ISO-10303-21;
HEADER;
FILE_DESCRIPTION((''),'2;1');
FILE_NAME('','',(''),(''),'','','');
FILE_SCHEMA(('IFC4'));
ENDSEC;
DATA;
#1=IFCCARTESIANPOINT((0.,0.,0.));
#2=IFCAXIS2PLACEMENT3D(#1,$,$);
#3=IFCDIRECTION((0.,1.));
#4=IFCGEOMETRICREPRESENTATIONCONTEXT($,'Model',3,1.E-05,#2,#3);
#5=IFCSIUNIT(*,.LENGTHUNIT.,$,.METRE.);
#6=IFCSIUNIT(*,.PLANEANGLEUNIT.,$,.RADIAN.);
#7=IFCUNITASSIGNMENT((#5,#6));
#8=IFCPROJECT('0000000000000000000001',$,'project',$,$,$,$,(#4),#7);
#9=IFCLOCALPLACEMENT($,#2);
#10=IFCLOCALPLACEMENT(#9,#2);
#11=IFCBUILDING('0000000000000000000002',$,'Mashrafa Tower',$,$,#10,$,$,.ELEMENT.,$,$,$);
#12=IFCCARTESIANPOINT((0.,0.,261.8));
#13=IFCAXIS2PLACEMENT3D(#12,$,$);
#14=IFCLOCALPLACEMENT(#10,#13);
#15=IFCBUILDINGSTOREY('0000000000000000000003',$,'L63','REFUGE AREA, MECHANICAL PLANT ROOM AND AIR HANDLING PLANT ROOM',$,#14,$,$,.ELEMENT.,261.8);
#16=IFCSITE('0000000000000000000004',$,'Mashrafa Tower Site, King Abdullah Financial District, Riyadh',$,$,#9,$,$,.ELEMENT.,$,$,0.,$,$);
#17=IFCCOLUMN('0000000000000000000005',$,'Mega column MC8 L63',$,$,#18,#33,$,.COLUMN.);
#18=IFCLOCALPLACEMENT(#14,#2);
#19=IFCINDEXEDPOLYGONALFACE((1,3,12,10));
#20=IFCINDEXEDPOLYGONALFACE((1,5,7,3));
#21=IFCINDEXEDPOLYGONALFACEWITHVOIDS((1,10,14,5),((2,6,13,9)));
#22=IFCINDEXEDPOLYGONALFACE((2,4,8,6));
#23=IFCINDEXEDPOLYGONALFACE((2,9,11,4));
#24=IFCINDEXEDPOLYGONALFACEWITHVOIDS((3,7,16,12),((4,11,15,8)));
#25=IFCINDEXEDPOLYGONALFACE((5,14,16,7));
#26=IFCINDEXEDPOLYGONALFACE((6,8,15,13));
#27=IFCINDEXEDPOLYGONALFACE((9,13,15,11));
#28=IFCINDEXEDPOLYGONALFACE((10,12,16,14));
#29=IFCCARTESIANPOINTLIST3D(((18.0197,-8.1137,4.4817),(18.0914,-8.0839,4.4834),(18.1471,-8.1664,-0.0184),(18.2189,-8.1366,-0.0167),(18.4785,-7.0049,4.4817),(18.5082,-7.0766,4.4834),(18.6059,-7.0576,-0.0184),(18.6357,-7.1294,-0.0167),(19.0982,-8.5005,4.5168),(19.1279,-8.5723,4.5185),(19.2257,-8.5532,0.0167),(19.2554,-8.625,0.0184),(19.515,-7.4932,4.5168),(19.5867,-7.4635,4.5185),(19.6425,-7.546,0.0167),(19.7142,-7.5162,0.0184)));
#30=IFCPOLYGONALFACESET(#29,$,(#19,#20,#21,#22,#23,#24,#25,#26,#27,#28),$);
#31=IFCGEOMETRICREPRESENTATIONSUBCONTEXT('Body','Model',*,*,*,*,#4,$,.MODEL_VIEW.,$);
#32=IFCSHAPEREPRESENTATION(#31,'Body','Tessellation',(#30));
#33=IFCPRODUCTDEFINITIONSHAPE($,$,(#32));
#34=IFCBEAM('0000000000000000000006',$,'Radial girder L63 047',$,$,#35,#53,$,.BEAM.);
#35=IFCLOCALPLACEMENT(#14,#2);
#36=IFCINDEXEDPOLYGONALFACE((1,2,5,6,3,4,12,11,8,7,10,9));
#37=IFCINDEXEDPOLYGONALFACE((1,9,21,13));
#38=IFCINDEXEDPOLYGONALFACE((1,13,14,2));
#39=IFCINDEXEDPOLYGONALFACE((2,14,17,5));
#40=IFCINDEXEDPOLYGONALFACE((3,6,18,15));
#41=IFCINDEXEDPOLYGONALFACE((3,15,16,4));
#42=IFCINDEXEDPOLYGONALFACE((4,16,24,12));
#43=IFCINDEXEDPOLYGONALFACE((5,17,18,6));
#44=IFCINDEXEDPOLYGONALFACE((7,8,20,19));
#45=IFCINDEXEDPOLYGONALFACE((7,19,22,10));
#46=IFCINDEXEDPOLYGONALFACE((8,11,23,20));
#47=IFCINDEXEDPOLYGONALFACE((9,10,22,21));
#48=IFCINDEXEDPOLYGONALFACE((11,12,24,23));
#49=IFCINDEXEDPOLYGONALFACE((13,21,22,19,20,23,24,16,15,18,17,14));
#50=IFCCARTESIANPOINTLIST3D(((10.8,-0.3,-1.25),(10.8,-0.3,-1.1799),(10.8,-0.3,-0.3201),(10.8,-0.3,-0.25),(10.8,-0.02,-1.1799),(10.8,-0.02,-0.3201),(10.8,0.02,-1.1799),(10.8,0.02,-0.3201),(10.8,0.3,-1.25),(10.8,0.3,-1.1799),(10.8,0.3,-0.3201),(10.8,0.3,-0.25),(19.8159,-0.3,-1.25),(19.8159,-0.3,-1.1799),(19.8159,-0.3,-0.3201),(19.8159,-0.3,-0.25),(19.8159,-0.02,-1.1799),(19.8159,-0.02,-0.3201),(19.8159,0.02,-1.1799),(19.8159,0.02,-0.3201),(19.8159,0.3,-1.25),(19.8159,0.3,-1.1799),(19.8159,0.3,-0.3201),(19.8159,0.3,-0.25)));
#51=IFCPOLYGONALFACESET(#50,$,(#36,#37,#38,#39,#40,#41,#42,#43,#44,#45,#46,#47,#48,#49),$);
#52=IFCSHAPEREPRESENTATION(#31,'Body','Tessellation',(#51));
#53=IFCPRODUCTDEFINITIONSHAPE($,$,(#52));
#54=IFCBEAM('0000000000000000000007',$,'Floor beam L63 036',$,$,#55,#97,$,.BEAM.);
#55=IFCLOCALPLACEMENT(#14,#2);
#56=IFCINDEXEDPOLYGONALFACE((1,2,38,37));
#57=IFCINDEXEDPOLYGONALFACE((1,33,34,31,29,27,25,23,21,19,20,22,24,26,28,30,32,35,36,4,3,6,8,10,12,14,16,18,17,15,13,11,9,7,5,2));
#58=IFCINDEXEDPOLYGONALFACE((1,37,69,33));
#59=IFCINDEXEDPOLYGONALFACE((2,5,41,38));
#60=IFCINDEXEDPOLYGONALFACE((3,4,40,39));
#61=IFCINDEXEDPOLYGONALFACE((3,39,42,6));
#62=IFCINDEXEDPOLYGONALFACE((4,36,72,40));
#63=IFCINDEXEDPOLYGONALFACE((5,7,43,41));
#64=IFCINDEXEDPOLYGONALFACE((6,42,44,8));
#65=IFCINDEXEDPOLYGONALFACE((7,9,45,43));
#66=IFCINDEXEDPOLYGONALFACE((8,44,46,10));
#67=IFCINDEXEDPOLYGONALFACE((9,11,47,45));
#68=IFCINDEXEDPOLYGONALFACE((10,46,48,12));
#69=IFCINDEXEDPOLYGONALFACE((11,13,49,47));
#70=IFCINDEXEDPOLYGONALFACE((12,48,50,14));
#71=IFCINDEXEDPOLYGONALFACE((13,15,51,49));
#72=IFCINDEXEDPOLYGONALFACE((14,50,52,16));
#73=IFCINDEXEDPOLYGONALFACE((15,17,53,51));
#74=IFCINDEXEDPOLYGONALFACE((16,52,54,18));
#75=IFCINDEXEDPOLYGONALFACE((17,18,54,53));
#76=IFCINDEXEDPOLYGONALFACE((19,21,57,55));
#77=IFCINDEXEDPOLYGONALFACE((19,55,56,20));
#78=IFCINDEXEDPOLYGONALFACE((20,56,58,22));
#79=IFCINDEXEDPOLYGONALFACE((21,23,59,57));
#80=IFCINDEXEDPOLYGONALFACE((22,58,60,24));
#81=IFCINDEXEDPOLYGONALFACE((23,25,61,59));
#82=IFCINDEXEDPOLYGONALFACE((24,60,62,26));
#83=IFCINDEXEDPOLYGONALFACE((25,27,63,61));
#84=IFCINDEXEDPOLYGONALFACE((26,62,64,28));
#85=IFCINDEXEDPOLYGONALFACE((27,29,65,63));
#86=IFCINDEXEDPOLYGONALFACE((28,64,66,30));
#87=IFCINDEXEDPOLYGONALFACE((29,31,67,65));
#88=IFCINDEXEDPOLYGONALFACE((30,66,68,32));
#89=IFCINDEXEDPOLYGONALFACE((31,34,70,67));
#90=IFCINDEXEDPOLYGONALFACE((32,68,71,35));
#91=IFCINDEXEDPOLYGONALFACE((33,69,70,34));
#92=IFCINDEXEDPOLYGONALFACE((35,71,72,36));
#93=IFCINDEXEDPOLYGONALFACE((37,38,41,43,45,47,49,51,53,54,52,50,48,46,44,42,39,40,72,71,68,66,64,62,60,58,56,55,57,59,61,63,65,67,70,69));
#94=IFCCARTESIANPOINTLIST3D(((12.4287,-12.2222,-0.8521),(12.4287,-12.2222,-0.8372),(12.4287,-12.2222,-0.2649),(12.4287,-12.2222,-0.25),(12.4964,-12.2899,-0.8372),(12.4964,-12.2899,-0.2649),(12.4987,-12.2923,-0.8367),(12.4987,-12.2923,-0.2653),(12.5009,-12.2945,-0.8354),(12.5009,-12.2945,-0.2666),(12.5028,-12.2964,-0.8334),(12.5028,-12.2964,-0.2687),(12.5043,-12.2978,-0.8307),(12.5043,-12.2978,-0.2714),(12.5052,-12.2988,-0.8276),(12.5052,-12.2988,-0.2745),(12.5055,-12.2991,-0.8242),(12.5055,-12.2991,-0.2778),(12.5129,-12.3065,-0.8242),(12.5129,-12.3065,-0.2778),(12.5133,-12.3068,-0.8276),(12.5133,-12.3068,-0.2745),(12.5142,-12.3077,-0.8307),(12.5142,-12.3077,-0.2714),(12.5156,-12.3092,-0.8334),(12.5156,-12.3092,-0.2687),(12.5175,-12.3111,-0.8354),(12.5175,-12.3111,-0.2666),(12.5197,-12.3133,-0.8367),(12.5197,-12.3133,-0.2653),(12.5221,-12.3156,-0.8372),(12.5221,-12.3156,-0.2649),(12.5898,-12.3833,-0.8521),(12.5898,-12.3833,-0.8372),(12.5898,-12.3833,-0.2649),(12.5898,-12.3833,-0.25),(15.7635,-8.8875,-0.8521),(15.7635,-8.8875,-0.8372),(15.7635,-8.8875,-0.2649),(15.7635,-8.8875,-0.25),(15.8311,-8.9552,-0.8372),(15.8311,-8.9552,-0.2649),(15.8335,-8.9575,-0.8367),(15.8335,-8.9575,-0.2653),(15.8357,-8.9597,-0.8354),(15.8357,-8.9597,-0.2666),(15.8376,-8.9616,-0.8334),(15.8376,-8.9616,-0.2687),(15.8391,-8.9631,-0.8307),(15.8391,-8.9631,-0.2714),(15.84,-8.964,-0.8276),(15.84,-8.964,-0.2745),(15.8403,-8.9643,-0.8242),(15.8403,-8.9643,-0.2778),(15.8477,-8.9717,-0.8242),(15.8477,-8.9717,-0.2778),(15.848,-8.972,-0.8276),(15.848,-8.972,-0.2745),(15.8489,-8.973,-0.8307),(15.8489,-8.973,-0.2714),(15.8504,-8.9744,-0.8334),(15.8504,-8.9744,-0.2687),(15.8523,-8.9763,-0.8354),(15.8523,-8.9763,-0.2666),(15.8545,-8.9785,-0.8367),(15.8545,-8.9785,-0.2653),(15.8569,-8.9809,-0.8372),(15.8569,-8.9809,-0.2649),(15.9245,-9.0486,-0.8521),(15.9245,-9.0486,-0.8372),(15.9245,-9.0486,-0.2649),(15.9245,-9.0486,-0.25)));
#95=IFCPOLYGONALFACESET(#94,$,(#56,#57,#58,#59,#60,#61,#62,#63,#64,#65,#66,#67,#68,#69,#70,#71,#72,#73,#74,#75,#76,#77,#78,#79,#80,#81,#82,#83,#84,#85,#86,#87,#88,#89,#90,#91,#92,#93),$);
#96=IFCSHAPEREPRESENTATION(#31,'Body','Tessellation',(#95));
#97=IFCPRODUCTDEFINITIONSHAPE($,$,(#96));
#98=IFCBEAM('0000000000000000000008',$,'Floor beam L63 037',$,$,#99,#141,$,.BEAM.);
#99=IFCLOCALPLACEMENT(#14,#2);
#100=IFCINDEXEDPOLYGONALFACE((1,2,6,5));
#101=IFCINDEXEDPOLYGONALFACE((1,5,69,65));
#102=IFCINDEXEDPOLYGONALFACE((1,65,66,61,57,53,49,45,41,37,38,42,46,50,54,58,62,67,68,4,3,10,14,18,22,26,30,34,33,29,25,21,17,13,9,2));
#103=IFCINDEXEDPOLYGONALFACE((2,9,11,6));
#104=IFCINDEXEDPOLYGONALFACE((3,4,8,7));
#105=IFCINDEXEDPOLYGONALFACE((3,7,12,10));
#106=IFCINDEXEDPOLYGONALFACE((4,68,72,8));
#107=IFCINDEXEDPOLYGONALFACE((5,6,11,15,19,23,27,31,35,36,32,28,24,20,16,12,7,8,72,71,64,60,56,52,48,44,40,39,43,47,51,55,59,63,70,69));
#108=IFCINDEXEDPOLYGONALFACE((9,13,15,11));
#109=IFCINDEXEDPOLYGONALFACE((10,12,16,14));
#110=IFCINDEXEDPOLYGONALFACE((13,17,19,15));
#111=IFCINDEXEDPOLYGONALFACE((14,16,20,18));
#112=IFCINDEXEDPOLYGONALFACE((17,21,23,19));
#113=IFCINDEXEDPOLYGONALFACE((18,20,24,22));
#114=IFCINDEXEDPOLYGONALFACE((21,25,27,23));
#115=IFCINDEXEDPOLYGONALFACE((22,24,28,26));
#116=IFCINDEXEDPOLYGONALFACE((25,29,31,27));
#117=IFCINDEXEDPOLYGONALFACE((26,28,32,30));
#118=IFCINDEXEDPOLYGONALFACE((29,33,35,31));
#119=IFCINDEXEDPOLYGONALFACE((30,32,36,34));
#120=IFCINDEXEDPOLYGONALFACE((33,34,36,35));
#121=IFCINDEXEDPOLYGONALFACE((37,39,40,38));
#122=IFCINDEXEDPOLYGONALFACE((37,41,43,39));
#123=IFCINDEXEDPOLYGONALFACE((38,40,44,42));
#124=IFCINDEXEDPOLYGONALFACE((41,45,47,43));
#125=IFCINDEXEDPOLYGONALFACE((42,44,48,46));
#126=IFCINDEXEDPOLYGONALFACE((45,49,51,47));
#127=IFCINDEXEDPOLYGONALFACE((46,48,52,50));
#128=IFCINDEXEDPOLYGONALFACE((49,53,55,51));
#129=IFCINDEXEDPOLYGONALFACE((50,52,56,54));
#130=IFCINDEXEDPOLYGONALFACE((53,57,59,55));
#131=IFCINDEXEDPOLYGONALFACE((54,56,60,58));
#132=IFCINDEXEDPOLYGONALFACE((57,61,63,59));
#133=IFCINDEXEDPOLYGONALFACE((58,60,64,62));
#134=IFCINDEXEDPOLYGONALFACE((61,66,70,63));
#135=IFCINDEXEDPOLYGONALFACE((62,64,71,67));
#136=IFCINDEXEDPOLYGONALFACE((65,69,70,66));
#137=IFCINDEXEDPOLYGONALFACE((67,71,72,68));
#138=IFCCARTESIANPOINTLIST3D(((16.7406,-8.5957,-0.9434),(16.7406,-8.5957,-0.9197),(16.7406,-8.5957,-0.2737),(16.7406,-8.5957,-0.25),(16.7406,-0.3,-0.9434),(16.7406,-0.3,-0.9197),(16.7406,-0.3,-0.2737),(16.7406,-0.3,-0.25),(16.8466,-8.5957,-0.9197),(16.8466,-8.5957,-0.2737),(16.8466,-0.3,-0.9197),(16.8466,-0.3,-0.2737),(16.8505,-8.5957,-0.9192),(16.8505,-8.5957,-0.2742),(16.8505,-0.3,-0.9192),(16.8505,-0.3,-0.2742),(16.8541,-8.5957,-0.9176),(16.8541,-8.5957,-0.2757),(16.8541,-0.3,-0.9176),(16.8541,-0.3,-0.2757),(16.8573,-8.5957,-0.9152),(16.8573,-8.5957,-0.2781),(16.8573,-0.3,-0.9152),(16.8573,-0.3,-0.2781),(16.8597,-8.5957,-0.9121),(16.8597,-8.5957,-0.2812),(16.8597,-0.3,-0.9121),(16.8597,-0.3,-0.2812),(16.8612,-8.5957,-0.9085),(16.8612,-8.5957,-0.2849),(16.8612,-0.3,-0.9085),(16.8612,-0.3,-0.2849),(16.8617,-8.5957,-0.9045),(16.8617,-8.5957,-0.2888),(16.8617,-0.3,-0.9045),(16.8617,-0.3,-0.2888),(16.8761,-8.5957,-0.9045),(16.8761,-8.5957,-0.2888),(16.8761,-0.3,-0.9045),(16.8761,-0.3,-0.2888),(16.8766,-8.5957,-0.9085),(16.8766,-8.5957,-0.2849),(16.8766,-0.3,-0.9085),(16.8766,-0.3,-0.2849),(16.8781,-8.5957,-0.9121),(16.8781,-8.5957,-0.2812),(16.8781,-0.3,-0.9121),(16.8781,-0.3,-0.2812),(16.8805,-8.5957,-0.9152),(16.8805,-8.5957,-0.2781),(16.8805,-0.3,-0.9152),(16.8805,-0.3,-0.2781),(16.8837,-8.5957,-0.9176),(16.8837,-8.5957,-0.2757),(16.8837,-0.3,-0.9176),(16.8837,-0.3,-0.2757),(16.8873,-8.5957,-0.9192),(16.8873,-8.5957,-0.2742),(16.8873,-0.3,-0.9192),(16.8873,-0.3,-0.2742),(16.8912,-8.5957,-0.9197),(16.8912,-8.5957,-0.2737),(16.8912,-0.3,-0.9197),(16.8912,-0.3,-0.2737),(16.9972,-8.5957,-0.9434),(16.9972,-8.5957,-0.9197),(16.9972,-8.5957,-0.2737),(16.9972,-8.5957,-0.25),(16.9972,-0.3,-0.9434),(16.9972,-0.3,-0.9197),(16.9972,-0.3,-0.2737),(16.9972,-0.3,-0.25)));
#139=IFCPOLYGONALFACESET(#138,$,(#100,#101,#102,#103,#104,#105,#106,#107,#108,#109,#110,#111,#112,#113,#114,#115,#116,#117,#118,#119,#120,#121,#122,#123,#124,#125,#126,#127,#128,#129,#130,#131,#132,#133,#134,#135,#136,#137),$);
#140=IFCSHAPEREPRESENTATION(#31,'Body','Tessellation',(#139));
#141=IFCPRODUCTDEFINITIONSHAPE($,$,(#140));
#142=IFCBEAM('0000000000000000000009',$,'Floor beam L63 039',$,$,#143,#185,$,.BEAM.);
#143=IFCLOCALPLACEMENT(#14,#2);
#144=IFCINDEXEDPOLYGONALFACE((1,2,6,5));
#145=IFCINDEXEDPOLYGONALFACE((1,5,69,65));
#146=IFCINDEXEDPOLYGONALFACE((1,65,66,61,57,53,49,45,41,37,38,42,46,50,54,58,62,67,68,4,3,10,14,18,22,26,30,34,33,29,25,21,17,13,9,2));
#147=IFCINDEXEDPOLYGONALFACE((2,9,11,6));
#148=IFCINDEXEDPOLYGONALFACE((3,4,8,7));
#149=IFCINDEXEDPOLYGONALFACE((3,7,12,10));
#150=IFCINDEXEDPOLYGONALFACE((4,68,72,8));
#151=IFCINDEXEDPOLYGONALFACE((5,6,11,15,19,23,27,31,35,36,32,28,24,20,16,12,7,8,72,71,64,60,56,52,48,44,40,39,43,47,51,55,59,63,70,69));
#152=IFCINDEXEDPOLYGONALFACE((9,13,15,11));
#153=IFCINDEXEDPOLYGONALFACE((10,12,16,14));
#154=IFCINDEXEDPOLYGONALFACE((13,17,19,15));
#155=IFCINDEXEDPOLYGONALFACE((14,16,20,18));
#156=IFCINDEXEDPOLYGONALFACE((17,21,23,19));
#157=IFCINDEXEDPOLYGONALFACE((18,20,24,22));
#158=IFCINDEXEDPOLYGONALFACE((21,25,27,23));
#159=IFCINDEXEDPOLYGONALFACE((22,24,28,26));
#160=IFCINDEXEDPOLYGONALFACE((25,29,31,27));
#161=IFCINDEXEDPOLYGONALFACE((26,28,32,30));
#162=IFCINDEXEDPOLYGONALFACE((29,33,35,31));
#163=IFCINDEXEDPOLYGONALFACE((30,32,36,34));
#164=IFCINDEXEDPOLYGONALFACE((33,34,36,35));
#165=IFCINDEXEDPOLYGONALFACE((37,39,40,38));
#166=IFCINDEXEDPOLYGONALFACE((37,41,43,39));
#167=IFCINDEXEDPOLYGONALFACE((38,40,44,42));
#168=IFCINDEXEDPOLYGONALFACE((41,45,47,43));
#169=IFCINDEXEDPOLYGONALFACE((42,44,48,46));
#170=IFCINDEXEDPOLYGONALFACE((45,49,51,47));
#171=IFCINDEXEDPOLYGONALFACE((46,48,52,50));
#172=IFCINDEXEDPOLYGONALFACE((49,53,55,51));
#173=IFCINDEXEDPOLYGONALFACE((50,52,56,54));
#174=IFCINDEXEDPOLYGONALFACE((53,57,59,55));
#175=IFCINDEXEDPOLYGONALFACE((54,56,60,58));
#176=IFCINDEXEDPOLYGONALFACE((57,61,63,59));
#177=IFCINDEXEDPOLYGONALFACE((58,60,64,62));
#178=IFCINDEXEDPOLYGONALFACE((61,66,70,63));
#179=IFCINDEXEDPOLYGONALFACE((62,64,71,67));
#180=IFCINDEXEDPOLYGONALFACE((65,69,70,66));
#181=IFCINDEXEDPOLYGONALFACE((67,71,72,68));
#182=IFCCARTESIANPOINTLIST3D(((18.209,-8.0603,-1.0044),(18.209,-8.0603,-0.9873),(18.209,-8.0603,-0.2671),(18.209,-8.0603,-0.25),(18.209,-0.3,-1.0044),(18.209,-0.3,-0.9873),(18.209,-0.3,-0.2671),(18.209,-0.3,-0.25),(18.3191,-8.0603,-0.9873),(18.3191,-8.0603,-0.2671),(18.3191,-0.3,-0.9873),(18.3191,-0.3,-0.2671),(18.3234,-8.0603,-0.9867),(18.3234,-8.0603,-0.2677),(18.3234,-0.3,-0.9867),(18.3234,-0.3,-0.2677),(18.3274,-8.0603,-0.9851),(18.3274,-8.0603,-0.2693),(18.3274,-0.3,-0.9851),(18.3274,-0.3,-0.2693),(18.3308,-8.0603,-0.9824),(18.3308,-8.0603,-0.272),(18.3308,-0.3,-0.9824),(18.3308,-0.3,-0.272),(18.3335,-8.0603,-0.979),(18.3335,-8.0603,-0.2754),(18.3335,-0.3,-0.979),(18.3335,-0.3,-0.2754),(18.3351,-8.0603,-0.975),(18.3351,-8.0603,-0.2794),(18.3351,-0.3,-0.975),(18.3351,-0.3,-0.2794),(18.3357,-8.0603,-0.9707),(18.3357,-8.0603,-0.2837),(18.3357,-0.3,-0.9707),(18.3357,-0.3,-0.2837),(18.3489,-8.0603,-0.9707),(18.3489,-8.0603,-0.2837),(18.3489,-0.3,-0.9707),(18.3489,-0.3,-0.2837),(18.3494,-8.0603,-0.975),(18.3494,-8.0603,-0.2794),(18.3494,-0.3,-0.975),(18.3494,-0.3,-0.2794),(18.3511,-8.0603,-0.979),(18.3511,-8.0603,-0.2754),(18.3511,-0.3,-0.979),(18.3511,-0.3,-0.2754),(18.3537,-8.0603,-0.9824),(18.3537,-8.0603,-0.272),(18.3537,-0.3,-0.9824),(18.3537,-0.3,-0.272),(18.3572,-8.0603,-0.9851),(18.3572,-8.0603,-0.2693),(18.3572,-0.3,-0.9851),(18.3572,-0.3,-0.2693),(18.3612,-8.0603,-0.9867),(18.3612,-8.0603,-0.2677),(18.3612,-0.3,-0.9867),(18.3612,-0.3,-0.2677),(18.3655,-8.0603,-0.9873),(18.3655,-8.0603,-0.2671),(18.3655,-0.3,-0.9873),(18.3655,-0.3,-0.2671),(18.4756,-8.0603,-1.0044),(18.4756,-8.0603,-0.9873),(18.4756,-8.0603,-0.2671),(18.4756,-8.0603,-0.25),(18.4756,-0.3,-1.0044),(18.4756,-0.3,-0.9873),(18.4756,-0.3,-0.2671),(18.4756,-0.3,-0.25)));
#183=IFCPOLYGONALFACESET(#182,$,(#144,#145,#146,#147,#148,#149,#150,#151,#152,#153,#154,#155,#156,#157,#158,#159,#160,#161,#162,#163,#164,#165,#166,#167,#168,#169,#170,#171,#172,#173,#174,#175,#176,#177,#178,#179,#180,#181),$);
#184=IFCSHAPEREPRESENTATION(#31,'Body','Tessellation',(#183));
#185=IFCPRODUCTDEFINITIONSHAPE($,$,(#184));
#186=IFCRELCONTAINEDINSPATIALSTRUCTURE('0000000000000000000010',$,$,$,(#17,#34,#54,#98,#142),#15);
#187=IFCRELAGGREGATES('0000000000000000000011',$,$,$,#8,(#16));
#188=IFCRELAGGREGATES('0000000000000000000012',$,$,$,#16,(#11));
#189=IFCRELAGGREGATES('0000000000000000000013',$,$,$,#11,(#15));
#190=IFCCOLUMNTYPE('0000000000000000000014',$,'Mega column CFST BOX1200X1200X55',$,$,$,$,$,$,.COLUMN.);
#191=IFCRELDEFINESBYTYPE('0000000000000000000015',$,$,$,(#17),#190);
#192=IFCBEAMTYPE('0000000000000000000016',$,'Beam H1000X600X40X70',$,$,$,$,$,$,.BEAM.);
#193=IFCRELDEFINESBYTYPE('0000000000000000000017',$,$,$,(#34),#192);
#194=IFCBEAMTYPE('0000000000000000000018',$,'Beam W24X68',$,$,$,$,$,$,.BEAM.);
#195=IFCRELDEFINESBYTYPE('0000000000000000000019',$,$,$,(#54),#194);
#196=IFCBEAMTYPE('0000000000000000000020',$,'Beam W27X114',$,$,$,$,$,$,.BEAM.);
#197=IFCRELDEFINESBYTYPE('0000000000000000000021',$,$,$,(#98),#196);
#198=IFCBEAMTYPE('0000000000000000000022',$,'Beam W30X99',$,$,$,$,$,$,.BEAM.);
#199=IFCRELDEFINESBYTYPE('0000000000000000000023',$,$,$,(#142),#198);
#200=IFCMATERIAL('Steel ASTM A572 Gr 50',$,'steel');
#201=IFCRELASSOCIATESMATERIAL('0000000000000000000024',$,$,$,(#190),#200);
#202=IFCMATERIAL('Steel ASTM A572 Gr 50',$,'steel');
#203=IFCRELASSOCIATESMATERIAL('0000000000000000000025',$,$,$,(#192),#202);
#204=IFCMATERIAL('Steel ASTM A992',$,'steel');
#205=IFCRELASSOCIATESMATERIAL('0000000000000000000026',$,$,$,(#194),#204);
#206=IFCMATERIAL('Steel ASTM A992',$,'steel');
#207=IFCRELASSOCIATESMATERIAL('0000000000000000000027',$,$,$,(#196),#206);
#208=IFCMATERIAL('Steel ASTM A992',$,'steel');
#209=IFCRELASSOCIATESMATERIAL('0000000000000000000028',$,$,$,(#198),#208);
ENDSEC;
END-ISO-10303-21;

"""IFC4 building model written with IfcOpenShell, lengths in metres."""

from ifc_helpers import new_model, si_unit, direction, frame, origin, origin_2d, place, context, subcontext, project, spatial, hollow_rectangle, i_section, extrude, material, material_profile, profile_set, type_object, element, save


model = new_model("IFC4")

# Units and contexts
model_context = context("Model", 3, precision=1e-05, world=origin(), true_north=direction((0.0, 1.0)))
body_context = subcontext(model_context, "Body", "Model", "MODEL_VIEW")
ifc_project = project(units=[si_unit("LENGTHUNIT", "METRE"), si_unit("PLANEANGLEUNIT", "RADIAN")], contexts=[model_context])

# Site, building, storey
site_placement = place(None, origin())
site = spatial("IfcSite", under=ifc_project, at=site_placement, Name="Mashrafa Tower Site, King Abdullah Financial District, Riyadh", CompositionType="ELEMENT", RefElevation=0.0)
building_placement = place(site_placement, origin())
building = spatial("IfcBuilding", under=site, at=building_placement, Name="Mashrafa Tower", CompositionType="ELEMENT")
storey_placement = place(building_placement, frame((0.0, 0.0, 261.8)))
storey = spatial("IfcBuildingStorey", under=building, at=storey_placement, Name="L63", Description="REFUGE AREA, MECHANICAL PLANT ROOM AND AIR HANDLING PLANT ROOM", CompositionType="ELEMENT", Elevation=261.8)

# Column
ifc_material_1 = material(Name="Steel ASTM A572 Gr 50", Category="steel")
ifc_material_profile_1 = material_profile(ifc_material_1, hollow_rectangle(XDim=1.2, YDim=1.2, WallThickness=0.0549, at=origin_2d()), Name="BOX1200X1200X55")
ifc_profile_set_1 = profile_set([ifc_material_profile_1], Name="Steel ASTM A572 Gr 50")
column_type = type_object("IfcColumnType", Name="Mega column CFST BOX1200X1200X55", PredefinedType="COLUMN", material=ifc_profile_set_1)
column_placement = place(storey_placement, frame((18.9307, -7.8413, 0.0), z_axis=(-0.028307, 0.011713, 0.999531), x_axis=(-0.382352, -0.924017, 0.0)))
element("IfcColumn", 1, at=column_placement, inside=storey, type_object=column_type, Name="Mega column MC8 L63", PredefinedType="COLUMN", context=body_context, shape_type="SweptSolid", body=[
    extrude(hollow_rectangle(XDim=1.2, YDim=1.2, WallThickness=0.0549, at=origin_2d()), origin(), (0.0, 0.0, 1.0), 4.5022),
])

# Beams
ifc_material_2 = material(Name="Steel ASTM A572 Gr 50", Category="steel")
ifc_material_profile_2 = material_profile(ifc_material_2, i_section(OverallWidth=0.6001, OverallDepth=1.0, WebThickness=0.04, FlangeThickness=0.0701, at=origin_2d()), Name="H1000X600X40X70")
ifc_profile_set_2 = profile_set([ifc_material_profile_2], Name="Steel ASTM A572 Gr 50")
beam_type_1 = type_object("IfcBeamType", Name="Beam H1000X600X40X70", PredefinedType="BEAM", material=ifc_profile_set_2)
beam_1_placement = place(storey_placement, frame((10.8, 0.0, -0.75), z_axis=(1.0, 0.0, 0.0), x_axis=(0.0, 1.0, 0.0)))
element("IfcBeam", 2, at=beam_1_placement, inside=storey, type_object=beam_type_1, Name="Radial girder L63 047", PredefinedType="BEAM", context=body_context, shape_type="SweptSolid", body=[
    extrude(i_section(OverallWidth=0.6001, OverallDepth=1.0, WebThickness=0.04, FlangeThickness=0.0701, at=origin_2d()), origin(), (0.0, 0.0, 1.0), 9.0159),
])
ifc_material_3 = material(Name="Steel ASTM A992", Category="steel")
ifc_material_profile_3 = material_profile(ifc_material_3, i_section(OverallWidth=0.2278, OverallDepth=0.6021, WebThickness=0.0105, FlangeThickness=0.0149, FilletRadius=0.0129, at=origin_2d()), Name="W24X68")
ifc_profile_set_3 = profile_set([ifc_material_profile_3], Name="Steel ASTM A992")
beam_type_2 = type_object("IfcBeamType", Name="Beam W24X68", PredefinedType="BEAM", material=ifc_profile_set_3)
beam_2_placement = place(storey_placement, frame((15.844, -8.968, -0.551), z_axis=(-0.707107, -0.707107, 0.0), x_axis=(0.707107, -0.707107, 0.0)))
element("IfcBeam", 3, at=beam_2_placement, inside=storey, type_object=beam_type_2, Name="Floor beam L63 036", PredefinedType="BEAM", context=body_context, shape_type="SweptSolid", body=[
    extrude(i_section(OverallWidth=0.2278, OverallDepth=0.6021, WebThickness=0.0105, FlangeThickness=0.0149, FilletRadius=0.0129, at=origin_2d()), origin(), (0.0, 0.0, 1.0), 4.7161),
])
ifc_material_4 = material(Name="Steel ASTM A992", Category="steel")
ifc_material_profile_4 = material_profile(ifc_material_4, i_section(OverallWidth=0.2566, OverallDepth=0.6934, WebThickness=0.0144, FlangeThickness=0.0237, FilletRadius=0.0151, at=origin_2d()), Name="W27X114")
ifc_profile_set_4 = profile_set([ifc_material_profile_4], Name="Steel ASTM A992")
beam_type_3 = type_object("IfcBeamType", Name="Beam W27X114", PredefinedType="BEAM", material=ifc_profile_set_4)
beam_3_placement = place(storey_placement, frame((16.8689, -0.3, -0.5967), z_axis=(0.0, -1.0, 0.0), x_axis=(1.0, 0.0, 0.0)))
element("IfcBeam", 4, at=beam_3_placement, inside=storey, type_object=beam_type_3, Name="Floor beam L63 037", PredefinedType="BEAM", context=body_context, shape_type="SweptSolid", body=[
    extrude(i_section(OverallWidth=0.2566, OverallDepth=0.6934, WebThickness=0.0144, FlangeThickness=0.0237, FilletRadius=0.0151, at=origin_2d()), origin(), (0.0, 0.0, 1.0), 8.2957),
])
ifc_material_5 = material(Name="Steel ASTM A992", Category="steel")
ifc_material_profile_5 = material_profile(ifc_material_5, i_section(OverallWidth=0.2666, OverallDepth=0.7544, WebThickness=0.0132, FlangeThickness=0.0171, FilletRadius=0.0166, at=origin_2d()), Name="W30X99")
ifc_profile_set_5 = profile_set([ifc_material_profile_5], Name="Steel ASTM A992")
beam_type_4 = type_object("IfcBeamType", Name="Beam W30X99", PredefinedType="BEAM", material=ifc_profile_set_5)
beam_4_placement = place(storey_placement, frame((18.3423, -0.3, -0.6272), z_axis=(0.0, -1.0, 0.0), x_axis=(1.0, 0.0, 0.0)))
element("IfcBeam", 5, at=beam_4_placement, inside=storey, type_object=beam_type_4, Name="Floor beam L63 039", PredefinedType="BEAM", context=body_context, shape_type="SweptSolid", body=[
    extrude(i_section(OverallWidth=0.2666, OverallDepth=0.7544, WebThickness=0.0132, FlangeThickness=0.0171, FilletRadius=0.0166, at=origin_2d()), origin(), (0.0, 0.0, 1.0), 7.7603),
])

save(model, "model.ifc")
